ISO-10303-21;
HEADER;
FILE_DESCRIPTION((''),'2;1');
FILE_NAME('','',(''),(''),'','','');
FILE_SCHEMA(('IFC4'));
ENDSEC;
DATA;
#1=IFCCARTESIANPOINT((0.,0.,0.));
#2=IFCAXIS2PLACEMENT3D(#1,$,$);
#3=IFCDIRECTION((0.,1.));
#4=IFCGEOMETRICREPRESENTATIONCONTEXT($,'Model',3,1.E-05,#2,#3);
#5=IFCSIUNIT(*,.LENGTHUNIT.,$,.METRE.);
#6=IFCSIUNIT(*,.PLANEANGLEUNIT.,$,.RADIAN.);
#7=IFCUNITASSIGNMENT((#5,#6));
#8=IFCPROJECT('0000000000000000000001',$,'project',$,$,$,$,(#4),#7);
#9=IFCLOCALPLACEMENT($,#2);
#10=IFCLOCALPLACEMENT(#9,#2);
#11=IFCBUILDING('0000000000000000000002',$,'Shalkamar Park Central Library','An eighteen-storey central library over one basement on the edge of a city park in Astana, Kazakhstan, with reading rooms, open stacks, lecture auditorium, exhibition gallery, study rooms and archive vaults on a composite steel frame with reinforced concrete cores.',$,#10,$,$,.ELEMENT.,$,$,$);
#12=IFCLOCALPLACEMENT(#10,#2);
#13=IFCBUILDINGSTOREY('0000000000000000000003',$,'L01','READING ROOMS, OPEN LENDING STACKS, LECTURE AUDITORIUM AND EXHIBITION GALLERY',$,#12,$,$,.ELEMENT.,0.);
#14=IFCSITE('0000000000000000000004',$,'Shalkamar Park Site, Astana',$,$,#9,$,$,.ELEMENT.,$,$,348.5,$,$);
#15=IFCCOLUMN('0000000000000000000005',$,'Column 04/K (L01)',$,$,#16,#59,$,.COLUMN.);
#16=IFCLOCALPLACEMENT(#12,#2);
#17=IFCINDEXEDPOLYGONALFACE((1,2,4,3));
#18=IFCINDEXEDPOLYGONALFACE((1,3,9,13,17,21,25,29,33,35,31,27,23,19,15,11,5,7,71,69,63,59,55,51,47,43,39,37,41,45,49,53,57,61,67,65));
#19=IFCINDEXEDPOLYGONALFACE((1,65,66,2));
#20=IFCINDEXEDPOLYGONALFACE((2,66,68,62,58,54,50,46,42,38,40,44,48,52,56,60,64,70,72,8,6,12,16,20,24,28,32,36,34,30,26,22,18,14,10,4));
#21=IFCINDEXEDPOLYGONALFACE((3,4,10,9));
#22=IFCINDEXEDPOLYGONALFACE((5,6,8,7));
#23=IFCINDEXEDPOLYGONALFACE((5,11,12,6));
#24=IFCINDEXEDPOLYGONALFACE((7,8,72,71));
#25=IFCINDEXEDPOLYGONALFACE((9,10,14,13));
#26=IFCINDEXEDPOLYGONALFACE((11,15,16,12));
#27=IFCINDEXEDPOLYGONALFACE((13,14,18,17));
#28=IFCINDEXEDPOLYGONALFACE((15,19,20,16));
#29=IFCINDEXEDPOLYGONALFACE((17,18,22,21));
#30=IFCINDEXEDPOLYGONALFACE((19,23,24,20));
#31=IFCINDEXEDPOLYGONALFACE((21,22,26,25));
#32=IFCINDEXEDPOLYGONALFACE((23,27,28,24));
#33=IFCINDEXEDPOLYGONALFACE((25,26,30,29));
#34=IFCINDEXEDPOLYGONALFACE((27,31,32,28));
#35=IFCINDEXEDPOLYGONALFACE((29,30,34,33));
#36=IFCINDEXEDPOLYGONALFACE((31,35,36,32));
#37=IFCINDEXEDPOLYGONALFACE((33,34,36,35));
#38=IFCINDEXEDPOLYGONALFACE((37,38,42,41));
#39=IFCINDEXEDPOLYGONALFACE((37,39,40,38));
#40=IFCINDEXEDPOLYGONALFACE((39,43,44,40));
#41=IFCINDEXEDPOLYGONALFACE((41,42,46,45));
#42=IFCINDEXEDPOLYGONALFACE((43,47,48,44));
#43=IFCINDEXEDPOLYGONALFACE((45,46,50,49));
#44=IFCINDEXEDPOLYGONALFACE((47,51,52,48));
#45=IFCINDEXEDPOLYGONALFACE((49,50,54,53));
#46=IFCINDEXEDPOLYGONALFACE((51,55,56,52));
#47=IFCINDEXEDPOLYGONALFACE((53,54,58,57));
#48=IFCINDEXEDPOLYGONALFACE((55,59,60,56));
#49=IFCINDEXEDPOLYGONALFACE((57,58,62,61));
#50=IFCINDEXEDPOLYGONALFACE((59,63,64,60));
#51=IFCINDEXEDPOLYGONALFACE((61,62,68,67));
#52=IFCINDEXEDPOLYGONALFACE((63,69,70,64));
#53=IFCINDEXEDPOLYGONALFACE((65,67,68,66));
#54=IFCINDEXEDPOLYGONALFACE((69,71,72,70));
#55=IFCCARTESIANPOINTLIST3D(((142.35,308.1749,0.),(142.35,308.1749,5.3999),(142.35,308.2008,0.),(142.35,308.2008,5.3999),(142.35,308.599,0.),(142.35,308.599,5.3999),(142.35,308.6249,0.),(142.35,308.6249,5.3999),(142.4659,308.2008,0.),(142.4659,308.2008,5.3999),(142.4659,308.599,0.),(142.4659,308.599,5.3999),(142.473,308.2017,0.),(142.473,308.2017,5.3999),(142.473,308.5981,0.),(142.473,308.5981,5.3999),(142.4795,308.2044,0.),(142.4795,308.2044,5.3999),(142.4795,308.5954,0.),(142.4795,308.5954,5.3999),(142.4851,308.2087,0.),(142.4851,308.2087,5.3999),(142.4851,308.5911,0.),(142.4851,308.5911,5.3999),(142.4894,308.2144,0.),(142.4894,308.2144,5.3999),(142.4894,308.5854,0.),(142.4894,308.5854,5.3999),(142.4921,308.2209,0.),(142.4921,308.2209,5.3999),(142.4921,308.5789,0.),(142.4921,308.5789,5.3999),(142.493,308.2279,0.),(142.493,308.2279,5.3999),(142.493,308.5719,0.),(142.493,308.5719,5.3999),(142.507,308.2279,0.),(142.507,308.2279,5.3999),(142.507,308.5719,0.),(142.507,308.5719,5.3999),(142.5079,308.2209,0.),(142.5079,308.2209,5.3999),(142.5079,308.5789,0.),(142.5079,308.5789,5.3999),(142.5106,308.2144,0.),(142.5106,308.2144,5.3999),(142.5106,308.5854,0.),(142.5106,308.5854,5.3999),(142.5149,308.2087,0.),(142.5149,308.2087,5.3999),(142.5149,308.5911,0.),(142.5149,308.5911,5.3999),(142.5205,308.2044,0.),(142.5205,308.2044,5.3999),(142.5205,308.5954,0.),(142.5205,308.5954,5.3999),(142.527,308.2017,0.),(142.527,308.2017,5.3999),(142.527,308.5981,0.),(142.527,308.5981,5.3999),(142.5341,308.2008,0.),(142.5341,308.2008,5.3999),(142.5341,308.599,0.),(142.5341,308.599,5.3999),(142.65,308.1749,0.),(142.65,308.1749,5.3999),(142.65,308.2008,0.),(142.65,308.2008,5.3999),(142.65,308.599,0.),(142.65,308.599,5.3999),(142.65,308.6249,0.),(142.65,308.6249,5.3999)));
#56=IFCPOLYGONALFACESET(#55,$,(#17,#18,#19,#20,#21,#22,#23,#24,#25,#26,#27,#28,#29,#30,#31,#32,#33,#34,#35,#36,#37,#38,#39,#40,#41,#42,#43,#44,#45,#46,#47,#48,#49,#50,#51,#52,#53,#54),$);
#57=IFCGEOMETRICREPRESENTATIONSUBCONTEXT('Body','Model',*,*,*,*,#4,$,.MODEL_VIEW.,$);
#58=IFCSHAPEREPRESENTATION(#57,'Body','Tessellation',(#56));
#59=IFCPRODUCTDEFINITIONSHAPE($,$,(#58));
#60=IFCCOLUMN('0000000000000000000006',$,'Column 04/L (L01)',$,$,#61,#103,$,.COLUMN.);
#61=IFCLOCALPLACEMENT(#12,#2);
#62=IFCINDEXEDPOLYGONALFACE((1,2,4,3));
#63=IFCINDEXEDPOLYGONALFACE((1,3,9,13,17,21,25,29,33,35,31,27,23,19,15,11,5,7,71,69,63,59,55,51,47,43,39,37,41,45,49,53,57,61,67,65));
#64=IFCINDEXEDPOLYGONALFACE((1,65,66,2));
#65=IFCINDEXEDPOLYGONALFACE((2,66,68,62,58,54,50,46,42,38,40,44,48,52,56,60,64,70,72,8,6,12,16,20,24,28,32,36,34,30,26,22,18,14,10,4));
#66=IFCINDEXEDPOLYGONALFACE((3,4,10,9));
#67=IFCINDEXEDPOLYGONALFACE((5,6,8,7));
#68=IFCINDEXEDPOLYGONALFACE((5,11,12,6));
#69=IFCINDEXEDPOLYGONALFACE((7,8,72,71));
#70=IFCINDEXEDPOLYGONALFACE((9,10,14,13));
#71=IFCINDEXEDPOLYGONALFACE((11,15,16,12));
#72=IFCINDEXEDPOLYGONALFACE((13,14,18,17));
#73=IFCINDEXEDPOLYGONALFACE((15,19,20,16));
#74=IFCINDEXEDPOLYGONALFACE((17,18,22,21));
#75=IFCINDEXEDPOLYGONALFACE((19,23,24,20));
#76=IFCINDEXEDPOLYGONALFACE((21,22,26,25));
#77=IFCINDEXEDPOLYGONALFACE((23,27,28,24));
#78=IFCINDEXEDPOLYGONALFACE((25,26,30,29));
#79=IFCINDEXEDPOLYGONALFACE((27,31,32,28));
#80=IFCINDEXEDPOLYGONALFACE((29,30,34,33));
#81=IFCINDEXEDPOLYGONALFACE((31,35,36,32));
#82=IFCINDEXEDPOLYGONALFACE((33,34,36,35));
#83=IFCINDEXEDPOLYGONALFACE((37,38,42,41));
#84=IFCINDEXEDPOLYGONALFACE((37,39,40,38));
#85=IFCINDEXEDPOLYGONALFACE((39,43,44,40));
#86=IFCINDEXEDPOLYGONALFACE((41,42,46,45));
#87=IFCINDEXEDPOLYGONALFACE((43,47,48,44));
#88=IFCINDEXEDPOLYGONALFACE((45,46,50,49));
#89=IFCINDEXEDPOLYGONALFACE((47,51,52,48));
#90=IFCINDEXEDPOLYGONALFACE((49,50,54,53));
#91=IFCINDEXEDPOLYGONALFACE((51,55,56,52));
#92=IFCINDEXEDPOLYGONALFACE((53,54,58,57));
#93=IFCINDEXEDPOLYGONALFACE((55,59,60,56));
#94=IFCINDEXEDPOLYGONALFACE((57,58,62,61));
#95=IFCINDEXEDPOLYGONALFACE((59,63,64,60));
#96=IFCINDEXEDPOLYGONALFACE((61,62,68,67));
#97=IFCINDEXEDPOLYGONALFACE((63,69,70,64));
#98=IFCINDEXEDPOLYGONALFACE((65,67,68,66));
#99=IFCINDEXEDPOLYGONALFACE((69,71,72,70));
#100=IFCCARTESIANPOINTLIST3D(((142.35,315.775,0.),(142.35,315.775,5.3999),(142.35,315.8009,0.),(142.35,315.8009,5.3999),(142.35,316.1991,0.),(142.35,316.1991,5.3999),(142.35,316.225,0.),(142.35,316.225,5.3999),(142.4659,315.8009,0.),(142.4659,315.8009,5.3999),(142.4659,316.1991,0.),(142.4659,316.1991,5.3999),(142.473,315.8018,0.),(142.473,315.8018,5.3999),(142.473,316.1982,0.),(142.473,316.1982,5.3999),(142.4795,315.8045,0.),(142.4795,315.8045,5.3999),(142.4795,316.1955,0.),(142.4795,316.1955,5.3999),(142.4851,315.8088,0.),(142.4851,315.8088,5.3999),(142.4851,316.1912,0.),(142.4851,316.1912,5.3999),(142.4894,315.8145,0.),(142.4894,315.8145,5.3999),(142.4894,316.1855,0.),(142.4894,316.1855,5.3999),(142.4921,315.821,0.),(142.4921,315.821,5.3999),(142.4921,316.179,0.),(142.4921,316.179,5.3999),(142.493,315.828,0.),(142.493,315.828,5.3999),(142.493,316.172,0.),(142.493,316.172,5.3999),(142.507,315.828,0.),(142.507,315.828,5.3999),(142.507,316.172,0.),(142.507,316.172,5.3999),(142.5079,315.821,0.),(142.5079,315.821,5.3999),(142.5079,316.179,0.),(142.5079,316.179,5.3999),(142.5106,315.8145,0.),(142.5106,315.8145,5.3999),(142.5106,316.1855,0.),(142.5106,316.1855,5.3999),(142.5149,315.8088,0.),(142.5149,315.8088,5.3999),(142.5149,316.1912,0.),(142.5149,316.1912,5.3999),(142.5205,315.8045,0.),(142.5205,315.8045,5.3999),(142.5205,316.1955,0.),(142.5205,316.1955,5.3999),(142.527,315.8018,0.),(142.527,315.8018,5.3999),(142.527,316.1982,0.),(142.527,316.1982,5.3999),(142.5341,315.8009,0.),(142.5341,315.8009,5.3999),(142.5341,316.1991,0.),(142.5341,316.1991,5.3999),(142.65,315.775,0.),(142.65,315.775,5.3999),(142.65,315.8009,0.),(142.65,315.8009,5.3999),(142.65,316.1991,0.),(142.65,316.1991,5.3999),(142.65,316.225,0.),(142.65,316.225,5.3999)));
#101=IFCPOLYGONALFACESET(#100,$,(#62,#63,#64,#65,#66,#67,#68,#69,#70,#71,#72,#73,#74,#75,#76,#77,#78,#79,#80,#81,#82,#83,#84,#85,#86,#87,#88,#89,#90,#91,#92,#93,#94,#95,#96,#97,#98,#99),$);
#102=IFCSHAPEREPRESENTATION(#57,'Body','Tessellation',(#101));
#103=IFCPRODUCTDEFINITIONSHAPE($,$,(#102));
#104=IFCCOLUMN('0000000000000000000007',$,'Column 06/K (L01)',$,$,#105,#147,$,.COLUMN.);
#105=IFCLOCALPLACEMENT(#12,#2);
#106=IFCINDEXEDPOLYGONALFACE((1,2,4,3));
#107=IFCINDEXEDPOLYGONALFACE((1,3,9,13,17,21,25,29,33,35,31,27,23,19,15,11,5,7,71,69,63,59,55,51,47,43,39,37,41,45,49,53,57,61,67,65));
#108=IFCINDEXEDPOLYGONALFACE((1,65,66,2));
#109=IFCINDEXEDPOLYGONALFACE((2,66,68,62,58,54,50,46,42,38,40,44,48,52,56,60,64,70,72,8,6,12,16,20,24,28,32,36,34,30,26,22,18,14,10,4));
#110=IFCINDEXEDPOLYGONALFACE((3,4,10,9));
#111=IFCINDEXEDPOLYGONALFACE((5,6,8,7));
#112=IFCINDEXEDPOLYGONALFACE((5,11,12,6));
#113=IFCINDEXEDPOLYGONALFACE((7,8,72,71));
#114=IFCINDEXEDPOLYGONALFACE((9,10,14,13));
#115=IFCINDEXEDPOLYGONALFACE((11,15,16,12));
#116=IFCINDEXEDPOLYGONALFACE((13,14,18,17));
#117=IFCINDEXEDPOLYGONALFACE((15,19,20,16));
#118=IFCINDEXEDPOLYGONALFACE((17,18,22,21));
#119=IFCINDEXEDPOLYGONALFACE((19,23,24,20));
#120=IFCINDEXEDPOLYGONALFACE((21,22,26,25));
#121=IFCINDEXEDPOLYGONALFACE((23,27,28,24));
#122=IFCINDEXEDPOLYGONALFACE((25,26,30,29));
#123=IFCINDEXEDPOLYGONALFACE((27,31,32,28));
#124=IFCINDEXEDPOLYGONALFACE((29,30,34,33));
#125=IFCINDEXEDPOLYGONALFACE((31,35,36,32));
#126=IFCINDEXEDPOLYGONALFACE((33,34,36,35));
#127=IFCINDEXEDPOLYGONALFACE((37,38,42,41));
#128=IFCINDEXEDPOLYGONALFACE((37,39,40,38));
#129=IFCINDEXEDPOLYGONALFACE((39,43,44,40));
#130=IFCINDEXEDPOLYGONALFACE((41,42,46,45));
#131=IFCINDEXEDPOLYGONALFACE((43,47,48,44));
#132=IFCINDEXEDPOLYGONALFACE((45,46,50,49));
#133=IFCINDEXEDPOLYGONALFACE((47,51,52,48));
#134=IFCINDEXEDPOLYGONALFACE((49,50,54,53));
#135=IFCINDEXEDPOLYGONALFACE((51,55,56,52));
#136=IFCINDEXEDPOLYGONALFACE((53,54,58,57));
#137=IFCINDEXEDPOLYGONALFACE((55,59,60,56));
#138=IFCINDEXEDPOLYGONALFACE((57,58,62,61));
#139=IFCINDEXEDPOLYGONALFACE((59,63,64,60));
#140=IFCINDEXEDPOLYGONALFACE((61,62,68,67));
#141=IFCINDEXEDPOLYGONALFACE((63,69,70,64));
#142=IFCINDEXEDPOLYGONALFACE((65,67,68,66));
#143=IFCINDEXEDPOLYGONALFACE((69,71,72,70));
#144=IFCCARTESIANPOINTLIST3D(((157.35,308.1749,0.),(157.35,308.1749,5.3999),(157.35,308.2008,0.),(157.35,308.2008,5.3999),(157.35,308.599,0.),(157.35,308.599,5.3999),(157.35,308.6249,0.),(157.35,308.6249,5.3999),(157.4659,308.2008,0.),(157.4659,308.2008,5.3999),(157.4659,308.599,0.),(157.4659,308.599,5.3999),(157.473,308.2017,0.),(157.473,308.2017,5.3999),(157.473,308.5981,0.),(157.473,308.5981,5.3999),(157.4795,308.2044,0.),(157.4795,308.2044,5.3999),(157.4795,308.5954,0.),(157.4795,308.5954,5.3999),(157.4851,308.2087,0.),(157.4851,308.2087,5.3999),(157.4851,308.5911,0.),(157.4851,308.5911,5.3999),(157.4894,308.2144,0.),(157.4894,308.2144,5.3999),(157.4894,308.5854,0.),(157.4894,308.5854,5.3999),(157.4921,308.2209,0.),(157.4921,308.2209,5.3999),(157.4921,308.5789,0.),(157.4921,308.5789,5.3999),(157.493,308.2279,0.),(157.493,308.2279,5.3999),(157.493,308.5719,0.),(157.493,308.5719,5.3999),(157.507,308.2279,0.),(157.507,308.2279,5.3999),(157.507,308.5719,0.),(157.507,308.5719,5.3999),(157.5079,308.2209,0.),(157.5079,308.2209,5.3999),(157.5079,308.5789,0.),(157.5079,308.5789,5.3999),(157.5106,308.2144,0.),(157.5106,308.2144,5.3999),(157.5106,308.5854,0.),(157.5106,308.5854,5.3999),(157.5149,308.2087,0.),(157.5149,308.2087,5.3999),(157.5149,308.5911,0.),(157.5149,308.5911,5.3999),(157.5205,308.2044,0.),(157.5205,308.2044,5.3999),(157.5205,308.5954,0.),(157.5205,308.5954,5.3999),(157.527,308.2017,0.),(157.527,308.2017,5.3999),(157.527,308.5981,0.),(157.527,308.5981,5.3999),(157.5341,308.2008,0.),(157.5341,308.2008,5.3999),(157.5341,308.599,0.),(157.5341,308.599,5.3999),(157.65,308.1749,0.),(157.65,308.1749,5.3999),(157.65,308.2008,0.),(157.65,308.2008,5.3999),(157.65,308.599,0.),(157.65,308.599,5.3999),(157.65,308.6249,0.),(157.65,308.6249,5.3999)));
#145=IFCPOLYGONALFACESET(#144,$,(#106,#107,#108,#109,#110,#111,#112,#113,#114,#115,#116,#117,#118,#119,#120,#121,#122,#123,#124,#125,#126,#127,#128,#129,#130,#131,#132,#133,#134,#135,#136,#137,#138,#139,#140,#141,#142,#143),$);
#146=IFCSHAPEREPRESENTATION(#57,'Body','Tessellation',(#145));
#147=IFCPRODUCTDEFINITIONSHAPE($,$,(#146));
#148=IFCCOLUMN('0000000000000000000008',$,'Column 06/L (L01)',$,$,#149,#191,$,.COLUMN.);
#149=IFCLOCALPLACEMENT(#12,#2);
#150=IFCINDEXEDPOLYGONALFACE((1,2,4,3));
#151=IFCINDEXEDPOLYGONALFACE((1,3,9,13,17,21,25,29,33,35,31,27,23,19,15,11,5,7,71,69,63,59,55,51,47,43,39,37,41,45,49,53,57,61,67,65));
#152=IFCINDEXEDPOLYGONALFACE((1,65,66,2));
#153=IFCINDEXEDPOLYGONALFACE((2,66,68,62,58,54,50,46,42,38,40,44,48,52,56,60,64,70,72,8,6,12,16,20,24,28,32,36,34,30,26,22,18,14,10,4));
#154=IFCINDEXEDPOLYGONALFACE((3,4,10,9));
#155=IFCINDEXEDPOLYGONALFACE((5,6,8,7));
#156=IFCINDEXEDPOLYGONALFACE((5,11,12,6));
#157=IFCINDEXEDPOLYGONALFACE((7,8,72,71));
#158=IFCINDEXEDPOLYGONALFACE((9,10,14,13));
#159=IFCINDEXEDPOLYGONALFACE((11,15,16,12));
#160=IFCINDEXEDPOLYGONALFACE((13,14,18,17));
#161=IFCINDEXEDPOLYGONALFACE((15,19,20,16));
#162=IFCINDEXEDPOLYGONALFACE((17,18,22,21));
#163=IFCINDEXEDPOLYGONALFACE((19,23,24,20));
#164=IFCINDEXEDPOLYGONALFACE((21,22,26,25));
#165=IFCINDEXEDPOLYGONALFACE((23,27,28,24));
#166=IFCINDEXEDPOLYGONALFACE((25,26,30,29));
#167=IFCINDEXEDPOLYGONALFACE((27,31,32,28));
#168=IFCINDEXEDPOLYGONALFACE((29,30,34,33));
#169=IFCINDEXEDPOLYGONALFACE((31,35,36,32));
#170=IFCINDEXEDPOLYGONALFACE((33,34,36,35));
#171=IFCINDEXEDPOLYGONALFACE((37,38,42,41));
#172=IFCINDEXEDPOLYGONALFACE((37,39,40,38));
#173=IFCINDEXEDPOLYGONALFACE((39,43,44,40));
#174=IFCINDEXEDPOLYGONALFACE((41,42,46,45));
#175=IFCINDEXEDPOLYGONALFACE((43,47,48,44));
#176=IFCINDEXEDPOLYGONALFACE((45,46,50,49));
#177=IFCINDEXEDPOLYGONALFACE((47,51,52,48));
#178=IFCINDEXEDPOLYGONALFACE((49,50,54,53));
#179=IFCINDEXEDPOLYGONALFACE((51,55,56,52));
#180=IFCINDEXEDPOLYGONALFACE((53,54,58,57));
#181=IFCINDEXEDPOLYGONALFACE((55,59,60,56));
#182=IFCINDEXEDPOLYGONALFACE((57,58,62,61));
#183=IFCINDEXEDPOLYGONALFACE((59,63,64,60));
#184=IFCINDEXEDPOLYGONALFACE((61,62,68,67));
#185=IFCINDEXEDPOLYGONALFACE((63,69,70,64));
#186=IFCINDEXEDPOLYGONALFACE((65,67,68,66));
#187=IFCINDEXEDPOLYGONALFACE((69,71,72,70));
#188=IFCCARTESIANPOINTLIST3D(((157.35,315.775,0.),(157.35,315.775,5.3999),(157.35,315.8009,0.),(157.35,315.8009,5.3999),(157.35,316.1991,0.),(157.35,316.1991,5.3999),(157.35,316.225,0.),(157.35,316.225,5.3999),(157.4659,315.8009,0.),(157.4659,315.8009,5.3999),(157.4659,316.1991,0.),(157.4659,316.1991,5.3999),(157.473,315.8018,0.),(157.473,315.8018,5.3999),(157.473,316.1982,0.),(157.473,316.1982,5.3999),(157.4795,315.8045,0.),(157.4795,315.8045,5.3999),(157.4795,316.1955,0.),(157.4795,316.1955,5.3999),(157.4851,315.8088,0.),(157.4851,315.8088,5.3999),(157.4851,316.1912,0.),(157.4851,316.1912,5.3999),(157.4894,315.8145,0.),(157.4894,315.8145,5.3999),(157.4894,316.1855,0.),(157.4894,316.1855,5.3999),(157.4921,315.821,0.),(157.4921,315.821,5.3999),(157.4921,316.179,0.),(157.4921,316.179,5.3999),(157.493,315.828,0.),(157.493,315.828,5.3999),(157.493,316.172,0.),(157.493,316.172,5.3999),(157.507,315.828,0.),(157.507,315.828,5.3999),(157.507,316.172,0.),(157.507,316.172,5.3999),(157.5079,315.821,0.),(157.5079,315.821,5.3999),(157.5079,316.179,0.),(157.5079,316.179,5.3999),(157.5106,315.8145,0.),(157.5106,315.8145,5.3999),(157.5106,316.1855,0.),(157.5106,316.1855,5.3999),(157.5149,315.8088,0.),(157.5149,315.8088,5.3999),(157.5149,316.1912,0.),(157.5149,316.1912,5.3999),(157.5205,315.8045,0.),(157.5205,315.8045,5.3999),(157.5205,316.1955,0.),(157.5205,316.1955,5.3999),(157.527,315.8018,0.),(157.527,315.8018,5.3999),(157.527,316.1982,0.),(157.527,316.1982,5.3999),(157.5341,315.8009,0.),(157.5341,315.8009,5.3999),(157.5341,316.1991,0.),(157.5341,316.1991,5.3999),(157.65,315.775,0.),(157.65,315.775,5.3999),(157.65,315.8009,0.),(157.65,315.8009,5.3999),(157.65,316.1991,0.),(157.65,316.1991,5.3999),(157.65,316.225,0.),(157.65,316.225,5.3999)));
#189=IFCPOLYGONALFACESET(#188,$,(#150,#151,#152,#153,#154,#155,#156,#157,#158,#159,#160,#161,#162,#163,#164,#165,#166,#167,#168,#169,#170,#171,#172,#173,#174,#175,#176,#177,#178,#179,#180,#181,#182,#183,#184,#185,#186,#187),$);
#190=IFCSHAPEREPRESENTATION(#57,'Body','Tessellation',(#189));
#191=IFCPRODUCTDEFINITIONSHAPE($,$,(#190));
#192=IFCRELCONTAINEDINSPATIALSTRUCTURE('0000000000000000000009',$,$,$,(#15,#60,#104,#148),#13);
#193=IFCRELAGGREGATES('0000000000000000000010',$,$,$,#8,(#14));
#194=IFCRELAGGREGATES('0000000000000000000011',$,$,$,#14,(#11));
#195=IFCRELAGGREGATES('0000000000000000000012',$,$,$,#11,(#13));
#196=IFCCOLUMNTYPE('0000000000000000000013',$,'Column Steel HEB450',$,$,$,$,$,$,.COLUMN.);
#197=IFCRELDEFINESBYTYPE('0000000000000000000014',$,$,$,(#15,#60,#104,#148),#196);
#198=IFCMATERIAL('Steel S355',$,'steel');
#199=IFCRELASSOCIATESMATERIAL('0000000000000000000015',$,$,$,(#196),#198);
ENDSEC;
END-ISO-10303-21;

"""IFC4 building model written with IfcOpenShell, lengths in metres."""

from ifc_helpers import new_model, si_unit, direction, frame, origin, origin_2d, place, context, subcontext, project, spatial, i_section, extrude, material, material_profile, profile_set, type_object, element, save


model = new_model("IFC4")

# Units and contexts
model_context = context("Model", 3, precision=1e-05, world=origin(), true_north=direction((0.0, 1.0)))
body_context = subcontext(model_context, "Body", "Model", "MODEL_VIEW")
ifc_project = project(units=[si_unit("LENGTHUNIT", "METRE"), si_unit("PLANEANGLEUNIT", "RADIAN")], contexts=[model_context])

# Site, building, storey
site_placement = place(None, origin())
site = spatial("IfcSite", under=ifc_project, at=site_placement, Name="Shalkamar Park Site, Astana", CompositionType="ELEMENT", RefElevation=348.5)
building_placement = place(site_placement, origin())
building = spatial("IfcBuilding", under=site, at=building_placement, Name="Shalkamar Park Central Library", Description="An eighteen-storey central library over one basement on the edge of a city park in Astana, Kazakhstan, with reading rooms, open stacks, lecture auditorium, exhibition gallery, study rooms and archive vaults on a composite steel frame with reinforced concrete cores.", CompositionType="ELEMENT")
storey_placement = place(building_placement, origin())
storey = spatial("IfcBuildingStorey", under=building, at=storey_placement, Name="L01", Description="READING ROOMS, OPEN LENDING STACKS, LECTURE AUDITORIUM AND EXHIBITION GALLERY", CompositionType="ELEMENT", Elevation=0.0)

# Columns
ifc_material_1 = material(Name="Steel S355", Category="steel")
ifc_material_profile_1 = material_profile(ifc_material_1, i_section(OverallWidth=0.3, OverallDepth=0.45, WebThickness=0.0139, FlangeThickness=0.0259, FilletRadius=0.0271, at=origin_2d()), Name="HEB 450")
ifc_profile_set_1 = profile_set([ifc_material_profile_1], Name="Steel S355")
column_type_1 = type_object("IfcColumnType", Name="Column Steel HEB450", PredefinedType="COLUMN", material=ifc_profile_set_1)
for number, where, z_axis, x_axis, name in (
    (1, (142.5, 308.3999, 0.0), (0.0, 0.0, 1.0), (1.0, 0.0, 0.0), "Column 04/K (L01)"),
    (2, (142.5, 316.0, 0.0), (0.0, 0.0, 1.0), (1.0, 0.0, 0.0), "Column 04/L (L01)"),
    (3, (157.5, 308.3999, 0.0), (0.0, 0.0, 1.0), (1.0, 0.0, 0.0), "Column 06/K (L01)"),
    (4, (157.5, 316.0, 0.0), (0.0, 0.0, 1.0), (1.0, 0.0, 0.0), "Column 06/L (L01)"),
):
    element("IfcColumn", number, at=place(storey_placement, frame(where, z_axis=z_axis, x_axis=x_axis)), inside=storey, type_object=column_type_1, Name=name, PredefinedType="COLUMN", context=body_context, shape_type="SweptSolid", body=[
        extrude(i_section(OverallWidth=0.3, OverallDepth=0.45, WebThickness=0.0139, FlangeThickness=0.0259, FilletRadius=0.0271, at=origin_2d()), origin(), (0.0, 0.0, 1.0), 5.3999),
    ])

save(model, "model.ifc")
